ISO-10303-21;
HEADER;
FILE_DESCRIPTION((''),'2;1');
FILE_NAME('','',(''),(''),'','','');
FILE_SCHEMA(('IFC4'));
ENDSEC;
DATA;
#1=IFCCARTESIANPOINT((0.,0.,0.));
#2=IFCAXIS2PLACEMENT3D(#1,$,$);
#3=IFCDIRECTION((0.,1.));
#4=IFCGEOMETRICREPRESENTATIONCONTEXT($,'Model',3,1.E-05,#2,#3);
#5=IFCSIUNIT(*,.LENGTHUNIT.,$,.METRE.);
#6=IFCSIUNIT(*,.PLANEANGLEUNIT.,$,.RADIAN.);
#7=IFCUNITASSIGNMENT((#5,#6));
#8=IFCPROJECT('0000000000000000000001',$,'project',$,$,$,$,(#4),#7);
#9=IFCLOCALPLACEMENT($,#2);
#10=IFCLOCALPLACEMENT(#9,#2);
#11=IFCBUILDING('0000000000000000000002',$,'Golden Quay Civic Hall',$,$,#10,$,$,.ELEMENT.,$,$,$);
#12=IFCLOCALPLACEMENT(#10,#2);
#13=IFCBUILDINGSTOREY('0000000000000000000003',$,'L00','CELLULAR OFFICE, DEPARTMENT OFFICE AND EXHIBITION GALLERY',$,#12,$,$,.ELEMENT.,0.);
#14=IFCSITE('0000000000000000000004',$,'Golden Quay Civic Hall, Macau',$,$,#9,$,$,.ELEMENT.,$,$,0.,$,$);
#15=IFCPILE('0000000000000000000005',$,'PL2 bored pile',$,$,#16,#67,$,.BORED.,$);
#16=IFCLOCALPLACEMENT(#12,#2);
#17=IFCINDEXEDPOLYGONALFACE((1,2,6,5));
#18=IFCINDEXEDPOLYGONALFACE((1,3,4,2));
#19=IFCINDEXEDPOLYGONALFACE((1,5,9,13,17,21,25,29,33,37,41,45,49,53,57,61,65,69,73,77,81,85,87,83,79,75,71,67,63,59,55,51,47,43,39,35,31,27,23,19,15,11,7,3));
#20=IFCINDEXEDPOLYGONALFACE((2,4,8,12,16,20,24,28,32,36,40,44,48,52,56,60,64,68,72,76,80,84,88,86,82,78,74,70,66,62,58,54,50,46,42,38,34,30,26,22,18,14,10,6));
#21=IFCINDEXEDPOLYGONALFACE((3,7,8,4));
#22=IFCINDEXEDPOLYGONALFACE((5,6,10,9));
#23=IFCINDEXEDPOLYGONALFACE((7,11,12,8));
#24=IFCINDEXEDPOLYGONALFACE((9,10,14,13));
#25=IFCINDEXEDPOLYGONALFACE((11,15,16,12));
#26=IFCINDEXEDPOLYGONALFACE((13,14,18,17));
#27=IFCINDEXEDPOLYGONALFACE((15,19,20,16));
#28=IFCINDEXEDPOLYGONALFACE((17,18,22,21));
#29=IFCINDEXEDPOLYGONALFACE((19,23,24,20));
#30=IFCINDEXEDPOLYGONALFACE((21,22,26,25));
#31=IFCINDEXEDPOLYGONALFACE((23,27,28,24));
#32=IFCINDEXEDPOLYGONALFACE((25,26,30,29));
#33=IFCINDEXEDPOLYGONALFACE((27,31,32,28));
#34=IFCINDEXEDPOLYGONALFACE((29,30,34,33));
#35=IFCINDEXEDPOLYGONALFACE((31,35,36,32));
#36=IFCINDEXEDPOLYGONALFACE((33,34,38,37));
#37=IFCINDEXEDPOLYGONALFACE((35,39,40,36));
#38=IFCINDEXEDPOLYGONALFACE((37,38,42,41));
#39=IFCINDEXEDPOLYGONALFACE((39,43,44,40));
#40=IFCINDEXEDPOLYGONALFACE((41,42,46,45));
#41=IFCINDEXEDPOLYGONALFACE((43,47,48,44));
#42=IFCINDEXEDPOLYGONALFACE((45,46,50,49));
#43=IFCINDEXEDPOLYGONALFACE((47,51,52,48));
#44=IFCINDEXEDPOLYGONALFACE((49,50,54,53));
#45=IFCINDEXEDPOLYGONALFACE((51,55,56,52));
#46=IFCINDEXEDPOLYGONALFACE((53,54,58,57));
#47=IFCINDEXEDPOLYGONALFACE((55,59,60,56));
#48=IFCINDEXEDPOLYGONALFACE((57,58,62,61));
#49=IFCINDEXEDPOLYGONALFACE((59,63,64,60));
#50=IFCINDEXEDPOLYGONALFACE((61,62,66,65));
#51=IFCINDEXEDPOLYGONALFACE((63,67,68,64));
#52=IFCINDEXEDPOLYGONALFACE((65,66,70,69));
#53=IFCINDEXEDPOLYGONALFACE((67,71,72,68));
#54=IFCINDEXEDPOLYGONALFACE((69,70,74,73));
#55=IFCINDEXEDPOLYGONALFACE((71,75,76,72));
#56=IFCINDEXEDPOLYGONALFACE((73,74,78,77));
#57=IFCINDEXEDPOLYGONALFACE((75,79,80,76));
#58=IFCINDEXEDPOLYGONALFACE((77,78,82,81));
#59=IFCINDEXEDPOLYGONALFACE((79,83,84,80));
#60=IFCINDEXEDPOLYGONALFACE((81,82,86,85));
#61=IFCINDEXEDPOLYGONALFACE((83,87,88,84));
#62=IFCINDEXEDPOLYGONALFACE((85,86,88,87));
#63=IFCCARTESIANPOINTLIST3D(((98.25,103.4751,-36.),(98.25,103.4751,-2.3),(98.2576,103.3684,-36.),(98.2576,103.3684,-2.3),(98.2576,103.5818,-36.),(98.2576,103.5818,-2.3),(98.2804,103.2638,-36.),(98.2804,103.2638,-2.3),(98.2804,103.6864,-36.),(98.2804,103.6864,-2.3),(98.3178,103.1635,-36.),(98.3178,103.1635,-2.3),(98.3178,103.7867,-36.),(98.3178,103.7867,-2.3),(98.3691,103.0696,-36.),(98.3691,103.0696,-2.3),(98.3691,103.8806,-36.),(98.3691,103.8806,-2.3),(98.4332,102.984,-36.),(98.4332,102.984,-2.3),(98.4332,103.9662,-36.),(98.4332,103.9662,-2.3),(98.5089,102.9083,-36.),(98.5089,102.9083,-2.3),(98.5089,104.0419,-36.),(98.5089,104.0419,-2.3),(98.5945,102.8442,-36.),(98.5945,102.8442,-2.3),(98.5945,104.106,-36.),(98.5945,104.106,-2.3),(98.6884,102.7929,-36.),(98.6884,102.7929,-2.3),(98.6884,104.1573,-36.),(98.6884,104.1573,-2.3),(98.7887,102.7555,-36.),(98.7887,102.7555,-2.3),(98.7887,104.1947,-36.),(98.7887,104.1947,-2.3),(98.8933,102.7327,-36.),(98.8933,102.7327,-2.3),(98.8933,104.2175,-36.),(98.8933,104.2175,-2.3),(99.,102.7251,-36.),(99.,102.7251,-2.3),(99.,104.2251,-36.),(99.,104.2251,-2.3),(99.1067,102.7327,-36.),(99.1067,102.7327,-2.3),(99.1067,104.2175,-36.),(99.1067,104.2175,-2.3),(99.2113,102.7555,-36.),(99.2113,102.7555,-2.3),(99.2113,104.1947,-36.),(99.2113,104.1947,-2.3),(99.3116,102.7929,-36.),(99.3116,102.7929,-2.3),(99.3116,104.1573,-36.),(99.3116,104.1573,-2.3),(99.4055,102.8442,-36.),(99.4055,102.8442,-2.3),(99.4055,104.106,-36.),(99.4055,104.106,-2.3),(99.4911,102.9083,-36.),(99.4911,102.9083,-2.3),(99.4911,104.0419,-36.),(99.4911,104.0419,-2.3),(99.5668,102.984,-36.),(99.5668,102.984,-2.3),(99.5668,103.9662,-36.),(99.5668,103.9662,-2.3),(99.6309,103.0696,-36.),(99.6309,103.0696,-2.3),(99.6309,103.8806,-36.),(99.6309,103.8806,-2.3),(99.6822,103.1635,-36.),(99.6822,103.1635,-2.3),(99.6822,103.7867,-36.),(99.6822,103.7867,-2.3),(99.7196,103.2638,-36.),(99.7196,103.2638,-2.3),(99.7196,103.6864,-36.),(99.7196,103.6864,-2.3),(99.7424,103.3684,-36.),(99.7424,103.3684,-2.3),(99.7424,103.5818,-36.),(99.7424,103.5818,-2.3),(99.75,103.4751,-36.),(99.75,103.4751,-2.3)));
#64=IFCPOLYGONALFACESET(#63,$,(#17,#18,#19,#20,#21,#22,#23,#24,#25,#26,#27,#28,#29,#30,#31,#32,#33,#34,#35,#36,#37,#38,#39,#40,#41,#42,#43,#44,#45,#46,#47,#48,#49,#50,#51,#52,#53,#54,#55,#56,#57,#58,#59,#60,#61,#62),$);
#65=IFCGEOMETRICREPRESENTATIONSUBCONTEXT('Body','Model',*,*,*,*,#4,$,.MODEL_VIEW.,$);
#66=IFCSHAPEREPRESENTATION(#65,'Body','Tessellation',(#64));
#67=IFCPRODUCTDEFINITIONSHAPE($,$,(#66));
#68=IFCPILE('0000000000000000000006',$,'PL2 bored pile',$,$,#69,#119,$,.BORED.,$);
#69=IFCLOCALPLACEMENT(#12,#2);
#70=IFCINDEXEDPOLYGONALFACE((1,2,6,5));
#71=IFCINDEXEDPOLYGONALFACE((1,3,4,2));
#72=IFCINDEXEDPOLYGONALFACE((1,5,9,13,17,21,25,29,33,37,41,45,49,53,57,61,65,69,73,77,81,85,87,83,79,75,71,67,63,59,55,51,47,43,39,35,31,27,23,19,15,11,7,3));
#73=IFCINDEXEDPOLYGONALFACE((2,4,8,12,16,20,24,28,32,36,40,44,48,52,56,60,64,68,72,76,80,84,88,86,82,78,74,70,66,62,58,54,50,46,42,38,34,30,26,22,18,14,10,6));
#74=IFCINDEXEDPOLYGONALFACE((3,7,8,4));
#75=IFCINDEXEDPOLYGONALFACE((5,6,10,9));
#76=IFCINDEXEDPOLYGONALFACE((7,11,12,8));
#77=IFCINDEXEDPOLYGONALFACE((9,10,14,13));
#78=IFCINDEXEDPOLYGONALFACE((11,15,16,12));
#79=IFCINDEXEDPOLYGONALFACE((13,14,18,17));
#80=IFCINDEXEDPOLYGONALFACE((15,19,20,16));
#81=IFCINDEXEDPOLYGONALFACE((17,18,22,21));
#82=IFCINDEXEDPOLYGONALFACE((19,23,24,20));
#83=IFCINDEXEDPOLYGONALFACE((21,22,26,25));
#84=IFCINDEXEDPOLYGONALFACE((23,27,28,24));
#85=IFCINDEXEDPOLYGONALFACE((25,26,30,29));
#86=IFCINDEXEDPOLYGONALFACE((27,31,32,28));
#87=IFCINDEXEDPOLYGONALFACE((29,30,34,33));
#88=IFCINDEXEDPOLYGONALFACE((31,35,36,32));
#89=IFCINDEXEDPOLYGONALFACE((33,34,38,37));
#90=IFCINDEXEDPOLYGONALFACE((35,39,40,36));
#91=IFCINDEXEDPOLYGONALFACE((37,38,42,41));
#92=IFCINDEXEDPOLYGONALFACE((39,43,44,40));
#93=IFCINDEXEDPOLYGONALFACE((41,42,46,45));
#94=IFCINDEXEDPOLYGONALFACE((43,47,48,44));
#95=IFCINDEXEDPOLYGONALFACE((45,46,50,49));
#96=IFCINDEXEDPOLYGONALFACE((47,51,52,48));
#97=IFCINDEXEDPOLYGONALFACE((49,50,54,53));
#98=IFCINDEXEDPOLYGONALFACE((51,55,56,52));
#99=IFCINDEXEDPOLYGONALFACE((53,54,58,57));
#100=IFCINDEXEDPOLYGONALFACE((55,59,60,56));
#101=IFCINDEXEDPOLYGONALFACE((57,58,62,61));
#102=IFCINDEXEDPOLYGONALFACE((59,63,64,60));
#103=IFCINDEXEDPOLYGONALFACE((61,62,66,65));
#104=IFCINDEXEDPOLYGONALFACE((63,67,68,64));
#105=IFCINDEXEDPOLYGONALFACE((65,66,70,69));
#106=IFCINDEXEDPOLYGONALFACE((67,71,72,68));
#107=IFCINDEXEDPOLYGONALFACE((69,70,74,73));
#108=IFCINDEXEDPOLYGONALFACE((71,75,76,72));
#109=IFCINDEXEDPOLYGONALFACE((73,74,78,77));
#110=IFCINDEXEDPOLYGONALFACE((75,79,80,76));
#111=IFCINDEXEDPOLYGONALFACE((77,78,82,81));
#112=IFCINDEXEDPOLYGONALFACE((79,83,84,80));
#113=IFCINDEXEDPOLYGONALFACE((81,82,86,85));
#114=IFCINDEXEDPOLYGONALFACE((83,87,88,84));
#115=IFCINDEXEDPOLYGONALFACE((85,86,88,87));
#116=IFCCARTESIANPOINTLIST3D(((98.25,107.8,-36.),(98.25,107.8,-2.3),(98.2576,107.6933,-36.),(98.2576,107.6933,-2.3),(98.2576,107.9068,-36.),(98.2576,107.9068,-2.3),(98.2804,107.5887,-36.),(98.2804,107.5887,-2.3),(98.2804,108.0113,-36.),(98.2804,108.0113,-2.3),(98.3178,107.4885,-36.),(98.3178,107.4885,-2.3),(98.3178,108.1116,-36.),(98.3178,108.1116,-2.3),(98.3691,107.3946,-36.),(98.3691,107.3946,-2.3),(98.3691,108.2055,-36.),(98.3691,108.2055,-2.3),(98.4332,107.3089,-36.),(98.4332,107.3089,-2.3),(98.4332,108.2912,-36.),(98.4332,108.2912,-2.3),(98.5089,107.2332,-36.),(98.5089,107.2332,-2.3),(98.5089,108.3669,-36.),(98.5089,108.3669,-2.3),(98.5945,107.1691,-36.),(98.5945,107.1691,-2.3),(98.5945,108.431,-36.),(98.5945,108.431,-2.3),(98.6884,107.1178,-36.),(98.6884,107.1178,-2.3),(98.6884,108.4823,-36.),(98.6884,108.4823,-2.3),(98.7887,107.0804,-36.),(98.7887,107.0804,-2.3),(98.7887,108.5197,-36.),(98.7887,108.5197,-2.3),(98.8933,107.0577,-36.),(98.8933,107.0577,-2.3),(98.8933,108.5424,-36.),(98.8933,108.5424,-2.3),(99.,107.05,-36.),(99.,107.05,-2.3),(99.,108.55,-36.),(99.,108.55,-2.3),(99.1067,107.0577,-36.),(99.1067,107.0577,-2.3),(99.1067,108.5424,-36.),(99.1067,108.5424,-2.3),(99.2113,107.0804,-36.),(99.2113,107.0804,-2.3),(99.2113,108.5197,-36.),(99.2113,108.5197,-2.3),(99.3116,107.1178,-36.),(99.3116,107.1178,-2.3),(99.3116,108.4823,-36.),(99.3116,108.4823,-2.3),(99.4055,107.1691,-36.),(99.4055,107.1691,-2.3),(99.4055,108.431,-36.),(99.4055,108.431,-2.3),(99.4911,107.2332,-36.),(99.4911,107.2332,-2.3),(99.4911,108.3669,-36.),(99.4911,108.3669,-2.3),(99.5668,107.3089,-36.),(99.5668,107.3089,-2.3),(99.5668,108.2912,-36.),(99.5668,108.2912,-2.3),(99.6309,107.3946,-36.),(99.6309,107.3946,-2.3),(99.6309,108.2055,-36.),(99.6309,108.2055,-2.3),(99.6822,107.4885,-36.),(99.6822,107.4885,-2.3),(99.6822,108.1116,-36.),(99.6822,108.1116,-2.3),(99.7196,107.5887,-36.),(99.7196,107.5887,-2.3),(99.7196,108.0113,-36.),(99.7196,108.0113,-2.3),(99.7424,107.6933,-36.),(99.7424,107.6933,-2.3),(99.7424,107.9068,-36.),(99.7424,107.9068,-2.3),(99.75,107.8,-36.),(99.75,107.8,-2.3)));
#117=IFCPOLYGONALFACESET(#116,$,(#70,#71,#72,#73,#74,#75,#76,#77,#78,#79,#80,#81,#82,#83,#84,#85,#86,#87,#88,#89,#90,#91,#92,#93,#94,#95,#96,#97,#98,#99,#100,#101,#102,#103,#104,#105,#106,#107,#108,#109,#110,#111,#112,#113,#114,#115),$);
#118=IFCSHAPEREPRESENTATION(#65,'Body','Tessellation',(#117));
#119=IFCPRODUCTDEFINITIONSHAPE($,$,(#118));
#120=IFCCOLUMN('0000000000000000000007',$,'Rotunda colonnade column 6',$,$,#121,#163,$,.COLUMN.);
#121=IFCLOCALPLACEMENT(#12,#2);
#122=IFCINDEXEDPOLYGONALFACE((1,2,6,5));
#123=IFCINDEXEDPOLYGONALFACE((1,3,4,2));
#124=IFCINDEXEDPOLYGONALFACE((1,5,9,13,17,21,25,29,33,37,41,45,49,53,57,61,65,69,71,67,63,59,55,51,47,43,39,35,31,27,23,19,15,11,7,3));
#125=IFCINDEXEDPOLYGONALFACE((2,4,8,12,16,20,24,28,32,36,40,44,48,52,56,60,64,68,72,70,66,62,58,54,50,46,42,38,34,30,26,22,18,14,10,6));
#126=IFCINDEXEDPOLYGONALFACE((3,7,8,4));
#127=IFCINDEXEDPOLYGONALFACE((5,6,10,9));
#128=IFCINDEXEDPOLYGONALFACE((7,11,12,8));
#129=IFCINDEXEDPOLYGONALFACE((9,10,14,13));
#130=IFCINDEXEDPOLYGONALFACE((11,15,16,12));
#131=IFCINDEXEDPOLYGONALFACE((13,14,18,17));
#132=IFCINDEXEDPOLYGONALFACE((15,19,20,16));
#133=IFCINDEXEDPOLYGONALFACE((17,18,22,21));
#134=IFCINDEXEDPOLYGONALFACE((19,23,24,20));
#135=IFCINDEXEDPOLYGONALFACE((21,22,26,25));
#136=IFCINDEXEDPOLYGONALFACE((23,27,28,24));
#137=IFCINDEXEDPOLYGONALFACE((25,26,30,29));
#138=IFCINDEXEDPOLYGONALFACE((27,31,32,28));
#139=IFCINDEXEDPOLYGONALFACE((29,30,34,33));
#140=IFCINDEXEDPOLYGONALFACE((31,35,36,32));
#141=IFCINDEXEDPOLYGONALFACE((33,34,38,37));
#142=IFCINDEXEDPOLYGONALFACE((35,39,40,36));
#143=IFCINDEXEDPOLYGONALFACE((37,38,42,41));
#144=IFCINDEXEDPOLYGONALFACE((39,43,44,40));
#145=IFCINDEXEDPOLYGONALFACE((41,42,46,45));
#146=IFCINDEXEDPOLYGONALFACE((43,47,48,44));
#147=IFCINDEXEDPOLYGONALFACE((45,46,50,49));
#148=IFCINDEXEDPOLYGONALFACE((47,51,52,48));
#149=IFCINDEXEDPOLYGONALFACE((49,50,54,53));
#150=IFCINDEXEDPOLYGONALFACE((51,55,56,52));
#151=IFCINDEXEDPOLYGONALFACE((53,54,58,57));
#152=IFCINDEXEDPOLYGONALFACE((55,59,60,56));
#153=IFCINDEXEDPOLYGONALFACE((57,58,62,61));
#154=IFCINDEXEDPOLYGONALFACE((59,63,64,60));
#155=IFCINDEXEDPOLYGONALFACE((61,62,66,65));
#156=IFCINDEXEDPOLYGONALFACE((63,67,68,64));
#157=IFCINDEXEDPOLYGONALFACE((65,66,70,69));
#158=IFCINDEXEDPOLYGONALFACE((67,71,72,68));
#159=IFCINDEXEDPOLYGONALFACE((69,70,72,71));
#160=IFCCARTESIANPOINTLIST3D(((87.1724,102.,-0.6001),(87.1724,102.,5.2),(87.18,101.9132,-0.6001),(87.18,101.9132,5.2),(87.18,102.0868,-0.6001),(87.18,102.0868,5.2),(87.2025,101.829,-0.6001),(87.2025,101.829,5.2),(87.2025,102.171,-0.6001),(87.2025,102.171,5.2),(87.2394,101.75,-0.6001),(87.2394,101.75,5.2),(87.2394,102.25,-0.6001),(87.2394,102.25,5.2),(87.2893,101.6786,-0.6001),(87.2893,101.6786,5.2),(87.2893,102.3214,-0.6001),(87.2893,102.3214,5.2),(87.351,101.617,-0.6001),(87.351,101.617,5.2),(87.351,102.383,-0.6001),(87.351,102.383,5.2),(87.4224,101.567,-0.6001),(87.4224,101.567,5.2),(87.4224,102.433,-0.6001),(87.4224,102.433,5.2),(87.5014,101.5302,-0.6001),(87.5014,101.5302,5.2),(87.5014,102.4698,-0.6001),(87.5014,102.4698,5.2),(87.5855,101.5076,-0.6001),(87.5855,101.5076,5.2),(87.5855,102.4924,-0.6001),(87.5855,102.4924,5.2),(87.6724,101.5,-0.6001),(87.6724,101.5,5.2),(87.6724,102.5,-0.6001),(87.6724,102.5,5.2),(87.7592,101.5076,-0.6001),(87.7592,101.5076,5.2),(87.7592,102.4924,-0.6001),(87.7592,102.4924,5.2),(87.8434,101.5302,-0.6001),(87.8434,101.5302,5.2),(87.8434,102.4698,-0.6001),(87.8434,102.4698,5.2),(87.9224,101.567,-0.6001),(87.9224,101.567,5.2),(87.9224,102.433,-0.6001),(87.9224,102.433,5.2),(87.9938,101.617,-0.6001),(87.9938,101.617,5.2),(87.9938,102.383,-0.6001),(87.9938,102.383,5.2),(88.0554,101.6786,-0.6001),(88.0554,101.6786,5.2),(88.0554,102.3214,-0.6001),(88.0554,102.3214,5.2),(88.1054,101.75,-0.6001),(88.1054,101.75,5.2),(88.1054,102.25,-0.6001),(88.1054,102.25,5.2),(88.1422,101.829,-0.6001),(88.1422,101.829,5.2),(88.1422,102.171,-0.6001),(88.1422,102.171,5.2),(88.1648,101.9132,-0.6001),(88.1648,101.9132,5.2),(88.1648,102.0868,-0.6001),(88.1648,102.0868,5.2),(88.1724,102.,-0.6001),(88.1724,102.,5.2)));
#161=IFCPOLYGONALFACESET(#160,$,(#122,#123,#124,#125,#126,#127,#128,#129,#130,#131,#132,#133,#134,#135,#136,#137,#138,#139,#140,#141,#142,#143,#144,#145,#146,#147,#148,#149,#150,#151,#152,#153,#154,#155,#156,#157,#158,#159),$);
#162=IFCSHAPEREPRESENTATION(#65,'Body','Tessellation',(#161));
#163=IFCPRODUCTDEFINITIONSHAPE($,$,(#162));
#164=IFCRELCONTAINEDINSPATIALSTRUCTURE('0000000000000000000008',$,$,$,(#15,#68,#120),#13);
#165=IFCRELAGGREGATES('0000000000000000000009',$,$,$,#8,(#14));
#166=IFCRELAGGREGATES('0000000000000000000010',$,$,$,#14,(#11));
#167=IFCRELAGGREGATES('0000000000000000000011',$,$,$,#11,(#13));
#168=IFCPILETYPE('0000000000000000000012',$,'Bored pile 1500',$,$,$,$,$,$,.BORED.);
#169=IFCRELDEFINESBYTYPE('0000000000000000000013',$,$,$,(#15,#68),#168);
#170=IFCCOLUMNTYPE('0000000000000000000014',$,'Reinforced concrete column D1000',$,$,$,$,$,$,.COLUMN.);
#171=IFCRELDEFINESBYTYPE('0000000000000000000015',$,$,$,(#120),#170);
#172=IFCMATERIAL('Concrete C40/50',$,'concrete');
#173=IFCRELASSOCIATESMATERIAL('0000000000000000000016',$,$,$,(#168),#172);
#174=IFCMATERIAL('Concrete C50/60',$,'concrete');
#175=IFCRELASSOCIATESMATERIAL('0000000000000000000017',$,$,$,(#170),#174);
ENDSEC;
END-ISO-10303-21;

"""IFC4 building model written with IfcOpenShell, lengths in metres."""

from ifc_helpers import new_model, si_unit, direction, frame, origin, origin_2d, place, context, subcontext, project, spatial, circle, extrude, material, material_profile, profile_set, type_object, element, save


model = new_model("IFC4")

# Units and contexts
model_context = context("Model", 3, precision=1e-05, world=origin(), true_north=direction((0.0, 1.0)))
body_context = subcontext(model_context, "Body", "Model", "MODEL_VIEW")
ifc_project = project(units=[si_unit("LENGTHUNIT", "METRE"), si_unit("PLANEANGLEUNIT", "RADIAN")], contexts=[model_context])

# Site, building, storey
site_placement = place(None, origin())
site = spatial("IfcSite", under=ifc_project, at=site_placement, Name="Golden Quay Civic Hall, Macau", CompositionType="ELEMENT", RefElevation=0.0)
building_placement = place(site_placement, origin())
building = spatial("IfcBuilding", under=site, at=building_placement, Name="Golden Quay Civic Hall", CompositionType="ELEMENT")
storey_placement = place(building_placement, origin())
storey = spatial("IfcBuildingStorey", under=building, at=storey_placement, Name="L00", Description="CELLULAR OFFICE, DEPARTMENT OFFICE AND EXHIBITION GALLERY", CompositionType="ELEMENT", Elevation=0.0)

# Piles
ifc_material_1 = material(Name="Concrete C40/50", Category="concrete")
ifc_material_profile_1 = material_profile(ifc_material_1, circle(Radius=0.75, at=origin_2d()), Name="RC D1500")
ifc_profile_set_1 = profile_set([ifc_material_profile_1], Name="Concrete C40/50")
pile_type_1 = type_object("IfcPileType", Name="Bored pile 1500", PredefinedType="BORED", material=ifc_profile_set_1)
for number, where, z_axis, x_axis, name in (
    (1, (99.0, 103.4751, -2.3), (0.0, 0.0, -1.0), (1.0, 0.0, 0.0), "PL2 bored pile"),
    (2, (99.0, 107.8, -2.3), (0.0, 0.0, -1.0), (1.0, 0.0, 0.0), "PL2 bored pile"),
):
    element("IfcPile", number, at=place(storey_placement, frame(where, z_axis=z_axis, x_axis=x_axis)), inside=storey, type_object=pile_type_1, Name=name, PredefinedType="BORED", context=body_context, shape_type="SweptSolid", body=[
        extrude(circle(Radius=0.75, at=origin_2d()), origin(), (0.0, 0.0, 1.0), 33.7),
    ])

# Column
ifc_material_2 = material(Name="Concrete C50/60", Category="concrete")
ifc_material_profile_2 = material_profile(ifc_material_2, circle(Radius=0.5, at=origin_2d()), Name="RC D1000")
ifc_profile_set_2 = profile_set([ifc_material_profile_2], Name="Concrete C50/60")
column_type_1 = type_object("IfcColumnType", Name="Reinforced concrete column D1000", PredefinedType="COLUMN", material=ifc_profile_set_2)
column_placement = place(storey_placement, frame((87.6724, 102.0, -0.6001), z_axis=(0.0, 0.0, 1.0), x_axis=(1.0, 0.0, 0.0)))
element("IfcColumn", 3, at=column_placement, inside=storey, type_object=column_type_1, Name="Rotunda colonnade column 6", PredefinedType="COLUMN", context=body_context, shape_type="SweptSolid", body=[
    extrude(circle(Radius=0.5, at=origin_2d()), origin(), (0.0, 0.0, 1.0), 5.8),
])

save(model, "model.ifc")
